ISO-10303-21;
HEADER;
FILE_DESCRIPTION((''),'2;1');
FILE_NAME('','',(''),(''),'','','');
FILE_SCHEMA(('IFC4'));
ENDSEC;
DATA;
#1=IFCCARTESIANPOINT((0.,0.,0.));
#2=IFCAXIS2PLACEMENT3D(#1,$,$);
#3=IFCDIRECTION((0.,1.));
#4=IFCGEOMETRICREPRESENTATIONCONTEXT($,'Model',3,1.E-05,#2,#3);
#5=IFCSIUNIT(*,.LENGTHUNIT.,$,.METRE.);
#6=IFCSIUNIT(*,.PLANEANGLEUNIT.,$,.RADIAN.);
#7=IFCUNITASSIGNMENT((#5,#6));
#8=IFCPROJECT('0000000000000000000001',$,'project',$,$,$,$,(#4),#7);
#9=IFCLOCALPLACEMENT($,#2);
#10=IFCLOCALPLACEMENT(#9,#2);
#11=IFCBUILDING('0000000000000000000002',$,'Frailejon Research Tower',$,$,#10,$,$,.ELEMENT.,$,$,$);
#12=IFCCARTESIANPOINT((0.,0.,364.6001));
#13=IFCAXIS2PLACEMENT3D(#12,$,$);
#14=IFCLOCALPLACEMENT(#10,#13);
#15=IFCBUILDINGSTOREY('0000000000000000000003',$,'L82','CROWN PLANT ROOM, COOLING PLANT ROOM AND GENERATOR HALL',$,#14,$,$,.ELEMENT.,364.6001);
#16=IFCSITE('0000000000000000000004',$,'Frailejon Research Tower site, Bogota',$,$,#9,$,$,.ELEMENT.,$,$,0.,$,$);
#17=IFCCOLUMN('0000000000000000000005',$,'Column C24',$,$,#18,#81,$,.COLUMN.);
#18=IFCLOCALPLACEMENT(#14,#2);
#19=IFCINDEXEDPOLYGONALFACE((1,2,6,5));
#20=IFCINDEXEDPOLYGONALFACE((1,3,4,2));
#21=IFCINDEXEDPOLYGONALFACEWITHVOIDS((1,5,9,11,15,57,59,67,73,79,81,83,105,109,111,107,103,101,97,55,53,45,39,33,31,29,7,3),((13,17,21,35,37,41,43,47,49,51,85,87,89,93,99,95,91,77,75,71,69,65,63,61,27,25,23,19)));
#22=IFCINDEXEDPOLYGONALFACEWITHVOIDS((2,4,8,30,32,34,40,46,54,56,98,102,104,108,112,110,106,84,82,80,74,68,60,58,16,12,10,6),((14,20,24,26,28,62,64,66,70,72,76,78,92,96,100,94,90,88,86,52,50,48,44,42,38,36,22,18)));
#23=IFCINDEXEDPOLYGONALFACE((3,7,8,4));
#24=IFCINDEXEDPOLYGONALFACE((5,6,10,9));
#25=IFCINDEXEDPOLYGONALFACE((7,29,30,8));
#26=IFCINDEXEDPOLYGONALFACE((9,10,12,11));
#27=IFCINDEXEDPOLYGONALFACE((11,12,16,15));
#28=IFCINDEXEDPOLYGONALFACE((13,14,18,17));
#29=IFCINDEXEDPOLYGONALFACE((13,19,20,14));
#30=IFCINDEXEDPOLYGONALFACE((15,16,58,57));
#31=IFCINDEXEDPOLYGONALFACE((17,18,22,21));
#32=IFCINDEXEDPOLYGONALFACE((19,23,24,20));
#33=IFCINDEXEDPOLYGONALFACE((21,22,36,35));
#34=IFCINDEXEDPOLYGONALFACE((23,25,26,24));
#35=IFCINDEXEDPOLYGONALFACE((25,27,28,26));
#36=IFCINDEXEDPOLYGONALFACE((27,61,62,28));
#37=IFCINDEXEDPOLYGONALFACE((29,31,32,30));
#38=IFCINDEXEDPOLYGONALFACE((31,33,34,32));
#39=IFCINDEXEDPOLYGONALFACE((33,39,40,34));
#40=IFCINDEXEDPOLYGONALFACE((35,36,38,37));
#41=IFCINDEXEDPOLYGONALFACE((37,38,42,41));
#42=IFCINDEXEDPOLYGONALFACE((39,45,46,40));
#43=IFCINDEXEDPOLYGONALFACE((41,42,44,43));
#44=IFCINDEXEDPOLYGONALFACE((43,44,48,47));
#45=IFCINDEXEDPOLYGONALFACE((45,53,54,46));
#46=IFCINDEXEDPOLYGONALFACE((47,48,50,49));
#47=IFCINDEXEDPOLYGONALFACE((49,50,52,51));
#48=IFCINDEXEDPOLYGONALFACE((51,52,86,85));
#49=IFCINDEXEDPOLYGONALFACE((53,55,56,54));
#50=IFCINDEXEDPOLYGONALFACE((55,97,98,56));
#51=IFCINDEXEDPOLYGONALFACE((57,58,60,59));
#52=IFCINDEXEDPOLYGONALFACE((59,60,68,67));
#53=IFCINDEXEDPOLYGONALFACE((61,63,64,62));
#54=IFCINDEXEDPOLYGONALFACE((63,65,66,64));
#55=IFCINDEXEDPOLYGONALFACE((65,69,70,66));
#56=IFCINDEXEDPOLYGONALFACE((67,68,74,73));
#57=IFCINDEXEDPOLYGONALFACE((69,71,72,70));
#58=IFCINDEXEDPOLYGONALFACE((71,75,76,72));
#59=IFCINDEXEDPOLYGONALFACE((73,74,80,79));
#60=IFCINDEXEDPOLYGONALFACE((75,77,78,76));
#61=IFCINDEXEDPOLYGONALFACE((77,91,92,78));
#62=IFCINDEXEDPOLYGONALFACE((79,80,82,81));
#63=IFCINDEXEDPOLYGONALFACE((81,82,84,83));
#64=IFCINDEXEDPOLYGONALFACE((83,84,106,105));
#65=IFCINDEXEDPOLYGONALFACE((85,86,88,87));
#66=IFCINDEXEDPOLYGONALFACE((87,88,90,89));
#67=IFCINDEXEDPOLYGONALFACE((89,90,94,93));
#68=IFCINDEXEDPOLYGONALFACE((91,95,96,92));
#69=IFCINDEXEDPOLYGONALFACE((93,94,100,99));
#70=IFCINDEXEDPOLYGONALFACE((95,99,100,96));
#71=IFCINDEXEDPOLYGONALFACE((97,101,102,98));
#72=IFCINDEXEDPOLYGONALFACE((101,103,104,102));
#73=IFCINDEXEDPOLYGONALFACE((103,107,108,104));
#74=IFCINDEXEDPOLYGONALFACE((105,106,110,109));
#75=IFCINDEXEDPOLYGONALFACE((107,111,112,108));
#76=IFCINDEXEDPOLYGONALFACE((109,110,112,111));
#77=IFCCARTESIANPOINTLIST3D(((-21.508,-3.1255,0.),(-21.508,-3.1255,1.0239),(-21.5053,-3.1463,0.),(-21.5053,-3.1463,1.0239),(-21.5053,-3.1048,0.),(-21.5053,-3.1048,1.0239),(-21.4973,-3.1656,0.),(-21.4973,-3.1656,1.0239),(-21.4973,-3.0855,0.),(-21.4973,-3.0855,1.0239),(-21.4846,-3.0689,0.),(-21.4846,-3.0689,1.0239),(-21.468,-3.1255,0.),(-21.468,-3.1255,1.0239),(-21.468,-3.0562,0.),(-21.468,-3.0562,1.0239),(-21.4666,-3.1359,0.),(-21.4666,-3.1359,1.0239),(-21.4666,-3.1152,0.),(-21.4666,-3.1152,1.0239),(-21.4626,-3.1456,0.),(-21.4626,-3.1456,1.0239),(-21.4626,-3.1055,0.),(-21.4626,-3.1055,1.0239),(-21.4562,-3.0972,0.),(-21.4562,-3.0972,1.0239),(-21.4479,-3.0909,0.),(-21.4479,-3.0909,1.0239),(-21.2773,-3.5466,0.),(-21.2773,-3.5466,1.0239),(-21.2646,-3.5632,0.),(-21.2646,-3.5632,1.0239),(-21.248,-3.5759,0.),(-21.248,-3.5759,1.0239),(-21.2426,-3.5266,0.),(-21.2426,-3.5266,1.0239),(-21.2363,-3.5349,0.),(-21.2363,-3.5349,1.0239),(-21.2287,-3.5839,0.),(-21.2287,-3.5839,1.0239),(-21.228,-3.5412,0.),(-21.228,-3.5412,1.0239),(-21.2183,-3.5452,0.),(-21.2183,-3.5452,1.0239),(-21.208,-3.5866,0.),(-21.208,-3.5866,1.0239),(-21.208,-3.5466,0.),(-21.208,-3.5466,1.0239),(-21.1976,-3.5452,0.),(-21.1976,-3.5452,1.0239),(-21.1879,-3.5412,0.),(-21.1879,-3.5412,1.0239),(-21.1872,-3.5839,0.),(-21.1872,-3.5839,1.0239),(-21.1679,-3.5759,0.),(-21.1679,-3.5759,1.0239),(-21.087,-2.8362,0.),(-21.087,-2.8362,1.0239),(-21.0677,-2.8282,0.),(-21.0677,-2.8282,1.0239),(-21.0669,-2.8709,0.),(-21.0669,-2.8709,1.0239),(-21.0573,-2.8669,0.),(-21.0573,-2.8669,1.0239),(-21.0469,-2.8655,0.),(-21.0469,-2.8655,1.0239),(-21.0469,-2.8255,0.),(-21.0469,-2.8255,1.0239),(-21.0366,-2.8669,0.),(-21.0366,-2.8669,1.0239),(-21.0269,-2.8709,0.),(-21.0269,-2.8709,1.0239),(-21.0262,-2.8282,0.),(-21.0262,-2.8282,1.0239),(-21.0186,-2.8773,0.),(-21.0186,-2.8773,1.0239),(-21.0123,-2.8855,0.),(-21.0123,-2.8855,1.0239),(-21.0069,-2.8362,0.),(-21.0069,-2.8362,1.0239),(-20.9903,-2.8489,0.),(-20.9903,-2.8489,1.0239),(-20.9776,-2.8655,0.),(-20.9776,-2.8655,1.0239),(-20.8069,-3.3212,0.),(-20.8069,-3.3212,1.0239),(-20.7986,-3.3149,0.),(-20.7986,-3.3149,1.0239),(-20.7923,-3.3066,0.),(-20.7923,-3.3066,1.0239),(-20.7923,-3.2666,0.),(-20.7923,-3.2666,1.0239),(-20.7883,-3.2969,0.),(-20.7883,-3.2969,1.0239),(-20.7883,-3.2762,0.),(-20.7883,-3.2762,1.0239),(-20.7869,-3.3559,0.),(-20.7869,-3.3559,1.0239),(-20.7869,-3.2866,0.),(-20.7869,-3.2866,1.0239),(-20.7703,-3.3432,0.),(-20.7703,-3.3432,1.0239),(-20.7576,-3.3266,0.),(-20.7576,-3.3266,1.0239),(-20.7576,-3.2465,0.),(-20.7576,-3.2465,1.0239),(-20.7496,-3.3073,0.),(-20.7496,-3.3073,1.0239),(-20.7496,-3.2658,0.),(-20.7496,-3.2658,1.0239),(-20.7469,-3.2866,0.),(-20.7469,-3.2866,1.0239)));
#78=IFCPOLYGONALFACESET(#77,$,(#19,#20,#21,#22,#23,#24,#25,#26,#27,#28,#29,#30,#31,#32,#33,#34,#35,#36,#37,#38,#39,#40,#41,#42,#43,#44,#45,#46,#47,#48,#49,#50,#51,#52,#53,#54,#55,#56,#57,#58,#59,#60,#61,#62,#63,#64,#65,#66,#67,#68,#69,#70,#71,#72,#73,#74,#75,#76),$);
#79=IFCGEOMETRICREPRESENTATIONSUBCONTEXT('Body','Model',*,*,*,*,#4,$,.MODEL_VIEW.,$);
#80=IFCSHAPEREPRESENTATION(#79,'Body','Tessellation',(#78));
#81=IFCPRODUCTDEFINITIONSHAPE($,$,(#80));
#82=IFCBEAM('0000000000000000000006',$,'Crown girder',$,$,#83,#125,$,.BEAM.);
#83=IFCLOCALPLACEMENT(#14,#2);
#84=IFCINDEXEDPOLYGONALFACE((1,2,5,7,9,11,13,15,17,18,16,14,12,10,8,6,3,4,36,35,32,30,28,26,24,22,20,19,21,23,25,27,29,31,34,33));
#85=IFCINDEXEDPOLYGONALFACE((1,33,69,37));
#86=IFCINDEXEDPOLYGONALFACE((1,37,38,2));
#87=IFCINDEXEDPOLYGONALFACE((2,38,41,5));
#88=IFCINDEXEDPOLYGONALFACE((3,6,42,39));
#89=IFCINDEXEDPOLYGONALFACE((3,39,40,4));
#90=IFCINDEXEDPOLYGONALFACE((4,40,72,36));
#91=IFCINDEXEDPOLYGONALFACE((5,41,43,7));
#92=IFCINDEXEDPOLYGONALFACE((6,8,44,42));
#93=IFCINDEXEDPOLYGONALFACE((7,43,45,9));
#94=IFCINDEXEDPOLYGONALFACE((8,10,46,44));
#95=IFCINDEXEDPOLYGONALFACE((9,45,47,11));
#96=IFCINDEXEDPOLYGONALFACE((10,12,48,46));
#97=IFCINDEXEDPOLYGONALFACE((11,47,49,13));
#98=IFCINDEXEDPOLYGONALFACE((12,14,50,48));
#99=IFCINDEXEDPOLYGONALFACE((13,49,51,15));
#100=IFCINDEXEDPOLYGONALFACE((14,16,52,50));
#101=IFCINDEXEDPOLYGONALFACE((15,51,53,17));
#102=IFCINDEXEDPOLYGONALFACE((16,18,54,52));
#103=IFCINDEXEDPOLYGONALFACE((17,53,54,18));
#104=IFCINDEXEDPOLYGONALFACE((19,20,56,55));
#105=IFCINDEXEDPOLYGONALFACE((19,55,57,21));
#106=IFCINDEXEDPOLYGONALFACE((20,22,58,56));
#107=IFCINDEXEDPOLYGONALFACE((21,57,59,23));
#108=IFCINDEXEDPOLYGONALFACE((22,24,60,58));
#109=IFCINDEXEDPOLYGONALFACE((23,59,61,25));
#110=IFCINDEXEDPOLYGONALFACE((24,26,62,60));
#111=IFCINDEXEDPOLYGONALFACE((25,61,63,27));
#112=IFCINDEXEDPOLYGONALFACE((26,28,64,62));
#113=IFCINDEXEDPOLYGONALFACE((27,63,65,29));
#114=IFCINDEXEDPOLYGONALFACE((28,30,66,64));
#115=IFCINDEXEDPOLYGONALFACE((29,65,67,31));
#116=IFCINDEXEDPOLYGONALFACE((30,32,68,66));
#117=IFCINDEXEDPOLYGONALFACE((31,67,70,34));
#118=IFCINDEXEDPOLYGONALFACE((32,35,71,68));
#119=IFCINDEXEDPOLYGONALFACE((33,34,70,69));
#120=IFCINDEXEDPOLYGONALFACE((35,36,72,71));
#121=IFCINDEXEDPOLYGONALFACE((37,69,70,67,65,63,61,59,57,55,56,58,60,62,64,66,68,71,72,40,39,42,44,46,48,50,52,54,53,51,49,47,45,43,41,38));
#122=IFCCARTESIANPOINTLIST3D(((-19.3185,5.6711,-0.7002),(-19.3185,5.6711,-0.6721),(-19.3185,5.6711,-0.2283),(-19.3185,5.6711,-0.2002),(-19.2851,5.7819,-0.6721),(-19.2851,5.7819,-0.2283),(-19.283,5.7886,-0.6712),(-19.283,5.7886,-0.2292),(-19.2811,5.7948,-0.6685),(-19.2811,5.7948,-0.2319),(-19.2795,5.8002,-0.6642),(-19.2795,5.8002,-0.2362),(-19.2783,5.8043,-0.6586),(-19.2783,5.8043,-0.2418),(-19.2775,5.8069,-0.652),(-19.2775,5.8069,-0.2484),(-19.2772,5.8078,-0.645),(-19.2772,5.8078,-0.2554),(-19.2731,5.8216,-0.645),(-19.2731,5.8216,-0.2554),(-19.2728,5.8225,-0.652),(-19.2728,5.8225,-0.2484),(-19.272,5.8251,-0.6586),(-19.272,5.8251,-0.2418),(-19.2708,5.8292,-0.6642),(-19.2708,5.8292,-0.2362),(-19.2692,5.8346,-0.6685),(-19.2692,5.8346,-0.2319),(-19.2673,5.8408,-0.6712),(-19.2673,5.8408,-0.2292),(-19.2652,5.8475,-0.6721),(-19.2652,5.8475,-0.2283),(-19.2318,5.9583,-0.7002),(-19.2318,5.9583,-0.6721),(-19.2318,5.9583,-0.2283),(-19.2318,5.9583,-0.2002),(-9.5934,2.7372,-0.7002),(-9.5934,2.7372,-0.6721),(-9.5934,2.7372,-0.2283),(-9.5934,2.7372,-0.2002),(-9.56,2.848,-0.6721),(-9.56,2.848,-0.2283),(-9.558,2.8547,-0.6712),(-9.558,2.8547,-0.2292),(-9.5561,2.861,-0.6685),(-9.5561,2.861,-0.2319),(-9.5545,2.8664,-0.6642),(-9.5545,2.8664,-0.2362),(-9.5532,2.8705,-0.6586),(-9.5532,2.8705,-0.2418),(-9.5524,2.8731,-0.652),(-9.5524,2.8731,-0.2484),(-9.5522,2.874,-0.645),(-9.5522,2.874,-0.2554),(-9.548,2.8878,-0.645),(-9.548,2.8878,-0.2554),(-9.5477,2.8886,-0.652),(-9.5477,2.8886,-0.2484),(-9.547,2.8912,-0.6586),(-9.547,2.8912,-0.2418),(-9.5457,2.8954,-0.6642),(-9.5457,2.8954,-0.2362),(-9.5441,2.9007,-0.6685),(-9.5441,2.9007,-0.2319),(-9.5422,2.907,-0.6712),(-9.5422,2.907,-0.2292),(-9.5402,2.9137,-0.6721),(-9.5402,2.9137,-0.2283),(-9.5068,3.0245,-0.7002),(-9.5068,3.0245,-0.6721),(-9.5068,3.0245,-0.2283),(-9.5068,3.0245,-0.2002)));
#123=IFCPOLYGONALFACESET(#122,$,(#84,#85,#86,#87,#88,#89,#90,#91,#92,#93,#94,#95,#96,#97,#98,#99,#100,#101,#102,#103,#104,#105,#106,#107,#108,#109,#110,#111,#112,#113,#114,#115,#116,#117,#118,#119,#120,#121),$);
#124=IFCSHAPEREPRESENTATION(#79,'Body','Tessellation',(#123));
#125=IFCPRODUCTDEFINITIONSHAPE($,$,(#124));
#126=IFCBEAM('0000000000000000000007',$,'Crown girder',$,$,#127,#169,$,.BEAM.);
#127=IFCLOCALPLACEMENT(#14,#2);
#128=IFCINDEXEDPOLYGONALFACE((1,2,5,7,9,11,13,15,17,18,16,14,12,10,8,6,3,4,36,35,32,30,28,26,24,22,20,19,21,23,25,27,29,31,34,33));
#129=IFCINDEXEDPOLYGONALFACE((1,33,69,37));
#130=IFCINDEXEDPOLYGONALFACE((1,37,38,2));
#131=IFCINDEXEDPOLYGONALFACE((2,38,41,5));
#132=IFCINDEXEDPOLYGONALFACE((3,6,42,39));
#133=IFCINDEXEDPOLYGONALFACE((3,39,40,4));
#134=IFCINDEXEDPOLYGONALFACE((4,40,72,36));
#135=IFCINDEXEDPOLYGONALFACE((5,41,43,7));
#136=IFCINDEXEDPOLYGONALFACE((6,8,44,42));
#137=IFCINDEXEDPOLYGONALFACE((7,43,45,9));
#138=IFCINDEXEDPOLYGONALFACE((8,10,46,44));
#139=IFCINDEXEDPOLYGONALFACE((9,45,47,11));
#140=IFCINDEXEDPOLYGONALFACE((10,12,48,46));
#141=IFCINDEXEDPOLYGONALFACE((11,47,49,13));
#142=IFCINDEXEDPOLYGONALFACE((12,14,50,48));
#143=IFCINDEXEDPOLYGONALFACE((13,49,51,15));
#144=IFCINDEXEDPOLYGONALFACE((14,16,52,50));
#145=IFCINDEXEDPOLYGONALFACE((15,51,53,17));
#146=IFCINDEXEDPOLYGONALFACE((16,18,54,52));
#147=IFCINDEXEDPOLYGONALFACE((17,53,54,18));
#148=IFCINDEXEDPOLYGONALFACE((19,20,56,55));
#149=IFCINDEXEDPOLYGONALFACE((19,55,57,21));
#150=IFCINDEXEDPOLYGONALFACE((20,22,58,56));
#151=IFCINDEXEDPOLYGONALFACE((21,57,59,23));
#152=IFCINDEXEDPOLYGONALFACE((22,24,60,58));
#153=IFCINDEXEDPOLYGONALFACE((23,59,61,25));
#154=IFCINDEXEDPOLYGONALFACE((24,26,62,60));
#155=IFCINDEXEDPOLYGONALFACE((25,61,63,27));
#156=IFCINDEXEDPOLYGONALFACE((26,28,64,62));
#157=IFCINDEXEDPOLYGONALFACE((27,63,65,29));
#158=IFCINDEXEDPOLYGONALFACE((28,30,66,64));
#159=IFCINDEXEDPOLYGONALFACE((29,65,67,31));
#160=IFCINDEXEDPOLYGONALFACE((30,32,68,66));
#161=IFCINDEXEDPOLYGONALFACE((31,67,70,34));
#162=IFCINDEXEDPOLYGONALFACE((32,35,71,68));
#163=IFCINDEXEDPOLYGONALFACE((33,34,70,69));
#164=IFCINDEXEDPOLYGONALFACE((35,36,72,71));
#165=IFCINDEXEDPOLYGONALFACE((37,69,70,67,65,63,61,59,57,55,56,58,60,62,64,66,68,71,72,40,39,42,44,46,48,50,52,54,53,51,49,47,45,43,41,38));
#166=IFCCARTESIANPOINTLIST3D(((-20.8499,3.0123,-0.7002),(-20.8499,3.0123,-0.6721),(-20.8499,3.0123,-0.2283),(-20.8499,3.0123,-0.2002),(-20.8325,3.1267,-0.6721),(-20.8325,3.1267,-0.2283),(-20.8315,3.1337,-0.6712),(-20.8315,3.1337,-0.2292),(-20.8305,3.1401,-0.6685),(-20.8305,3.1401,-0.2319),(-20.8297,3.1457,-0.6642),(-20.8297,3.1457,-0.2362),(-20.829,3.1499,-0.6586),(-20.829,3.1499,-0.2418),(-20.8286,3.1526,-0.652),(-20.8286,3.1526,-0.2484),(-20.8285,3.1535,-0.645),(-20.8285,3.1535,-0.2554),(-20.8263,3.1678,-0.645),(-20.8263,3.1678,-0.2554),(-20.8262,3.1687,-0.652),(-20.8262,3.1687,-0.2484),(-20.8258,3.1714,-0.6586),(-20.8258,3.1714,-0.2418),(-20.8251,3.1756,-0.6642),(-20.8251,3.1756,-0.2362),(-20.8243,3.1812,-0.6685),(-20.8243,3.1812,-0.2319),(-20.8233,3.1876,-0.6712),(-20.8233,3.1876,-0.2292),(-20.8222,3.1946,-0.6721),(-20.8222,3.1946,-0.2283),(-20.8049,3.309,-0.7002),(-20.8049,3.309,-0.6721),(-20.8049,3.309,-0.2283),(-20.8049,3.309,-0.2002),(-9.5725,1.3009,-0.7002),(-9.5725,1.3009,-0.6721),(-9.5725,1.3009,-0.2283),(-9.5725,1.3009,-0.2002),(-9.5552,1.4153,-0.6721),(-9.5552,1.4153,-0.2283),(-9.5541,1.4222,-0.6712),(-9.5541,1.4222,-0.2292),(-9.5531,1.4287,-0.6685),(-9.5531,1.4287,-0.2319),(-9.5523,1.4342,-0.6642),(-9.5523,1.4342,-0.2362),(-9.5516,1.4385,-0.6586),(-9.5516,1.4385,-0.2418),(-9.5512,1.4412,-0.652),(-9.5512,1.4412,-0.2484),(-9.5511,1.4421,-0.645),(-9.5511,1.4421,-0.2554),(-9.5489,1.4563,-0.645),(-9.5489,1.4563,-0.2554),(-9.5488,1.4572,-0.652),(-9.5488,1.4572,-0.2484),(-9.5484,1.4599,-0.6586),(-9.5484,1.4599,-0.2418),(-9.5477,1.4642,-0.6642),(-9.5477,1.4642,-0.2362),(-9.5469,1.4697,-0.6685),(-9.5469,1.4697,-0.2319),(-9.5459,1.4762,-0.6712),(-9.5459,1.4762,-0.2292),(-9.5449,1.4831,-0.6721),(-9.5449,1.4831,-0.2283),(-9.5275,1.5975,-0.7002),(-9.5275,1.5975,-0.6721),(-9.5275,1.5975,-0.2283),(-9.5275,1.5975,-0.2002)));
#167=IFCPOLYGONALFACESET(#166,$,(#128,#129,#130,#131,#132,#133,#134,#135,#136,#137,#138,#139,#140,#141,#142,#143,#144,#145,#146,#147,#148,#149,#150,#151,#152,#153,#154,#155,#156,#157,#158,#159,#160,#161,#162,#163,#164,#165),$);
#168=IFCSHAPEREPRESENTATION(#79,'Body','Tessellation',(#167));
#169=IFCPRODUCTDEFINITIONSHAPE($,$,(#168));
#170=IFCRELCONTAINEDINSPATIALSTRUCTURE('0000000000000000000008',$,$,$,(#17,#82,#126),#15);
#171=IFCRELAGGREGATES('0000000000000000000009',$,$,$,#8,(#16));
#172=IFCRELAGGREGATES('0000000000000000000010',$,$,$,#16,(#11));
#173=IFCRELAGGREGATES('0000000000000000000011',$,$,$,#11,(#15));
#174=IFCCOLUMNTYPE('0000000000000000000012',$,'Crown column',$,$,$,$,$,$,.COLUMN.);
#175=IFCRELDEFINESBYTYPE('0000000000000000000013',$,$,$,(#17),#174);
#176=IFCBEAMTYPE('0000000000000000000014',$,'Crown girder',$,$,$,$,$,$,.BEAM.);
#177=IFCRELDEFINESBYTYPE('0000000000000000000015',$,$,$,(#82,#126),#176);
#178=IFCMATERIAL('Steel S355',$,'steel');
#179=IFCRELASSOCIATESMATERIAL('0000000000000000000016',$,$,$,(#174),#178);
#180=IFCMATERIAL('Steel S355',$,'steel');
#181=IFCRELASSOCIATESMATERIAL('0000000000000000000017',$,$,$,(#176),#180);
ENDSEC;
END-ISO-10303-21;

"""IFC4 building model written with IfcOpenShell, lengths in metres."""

from ifc_helpers import new_model, si_unit, direction, frame, origin, origin_2d, place, context, subcontext, project, spatial, hollow_rectangle, i_section, extrude, material, material_profile, profile_set, type_object, element, save


model = new_model("IFC4")

# Units and contexts
model_context = context("Model", 3, precision=1e-05, world=origin(), true_north=direction((0.0, 1.0)))
body_context = subcontext(model_context, "Body", "Model", "MODEL_VIEW")
ifc_project = project(units=[si_unit("LENGTHUNIT", "METRE"), si_unit("PLANEANGLEUNIT", "RADIAN")], contexts=[model_context])

# Site, building, storey
site_placement = place(None, origin())
site = spatial("IfcSite", under=ifc_project, at=site_placement, Name="Frailejon Research Tower site, Bogota", CompositionType="ELEMENT", RefElevation=0.0)
building_placement = place(site_placement, origin())
building = spatial("IfcBuilding", under=site, at=building_placement, Name="Frailejon Research Tower", CompositionType="ELEMENT")
storey_placement = place(building_placement, frame((0.0, 0.0, 364.6001)))
storey = spatial("IfcBuildingStorey", under=building, at=storey_placement, Name="L82", Description="CROWN PLANT ROOM, COOLING PLANT ROOM AND GENERATOR HALL", CompositionType="ELEMENT", Elevation=364.6001)

# Column
ifc_material_1 = material(Name="Steel S355", Category="steel")
ifc_material_profile_1 = material_profile(ifc_material_1, hollow_rectangle(XDim=0.6001, YDim=0.6001, WallThickness=0.04, InnerFilletRadius=0.04, OuterFilletRadius=0.0801, at=origin_2d()), Name="Crown column")
ifc_profile_set_1 = profile_set([ifc_material_profile_1], Name="Steel S355")
column_type = type_object("IfcColumnType", Name="Crown column", PredefinedType="COLUMN", material=ifc_profile_set_1)
column_placement = place(storey_placement, frame((-21.1274, -3.2061, 0.0), z_axis=(0.0, 0.0, 1.0), x_axis=(0.5, -0.866025, 0.0)))
element("IfcColumn", 1, at=column_placement, inside=storey, type_object=column_type, Name="Column C24", PredefinedType="COLUMN", context=body_context, shape_type="SweptSolid", body=[
    extrude(hollow_rectangle(XDim=0.6001, YDim=0.6001, WallThickness=0.04, InnerFilletRadius=0.04, OuterFilletRadius=0.0801, at=origin_2d()), origin(), (0.0, 0.0, 1.0), 1.0239),
])

# Beams
ifc_material_2 = material(Name="Steel S355", Category="steel")
ifc_material_profile_2 = material_profile(ifc_material_2, i_section(OverallWidth=0.3, OverallDepth=0.5, WebThickness=0.0144, FlangeThickness=0.0281, FilletRadius=0.0271, at=origin_2d()), Name="HE 500 B")
ifc_profile_set_2 = profile_set([ifc_material_profile_2], Name="Steel S355")
beam_type_1 = type_object("IfcBeamType", Name="Crown girder", PredefinedType="BEAM", material=ifc_profile_set_2)
beam_1_placement = place(storey_placement, frame((-19.2751, 5.8147, -0.4502), z_axis=(0.957383, -0.28882, 0.0), x_axis=(0.28882, 0.957383, 0.0)))
element("IfcBeam", 2, at=beam_1_placement, inside=storey, type_object=beam_type_1, Name="Crown girder", PredefinedType="BEAM", context=body_context, shape_type="SweptSolid", body=[
    extrude(i_section(OverallWidth=0.3, OverallDepth=0.5, WebThickness=0.0144, FlangeThickness=0.0281, FilletRadius=0.0271, at=origin_2d()), origin(), (0.0, 0.0, 1.0), 10.158),
])
beam_2_placement = place(storey_placement, frame((-20.8274, 3.1606, -0.4502), z_axis=(0.98868, -0.15004, 0.0), x_axis=(0.15004, 0.98868, 0.0)))
element("IfcBeam", 3, at=beam_2_placement, inside=storey, type_object=beam_type_1, Name="Crown girder", PredefinedType="BEAM", context=body_context, shape_type="SweptSolid", body=[
    extrude(i_section(OverallWidth=0.3, OverallDepth=0.5, WebThickness=0.0144, FlangeThickness=0.0281, FilletRadius=0.0271, at=origin_2d()), origin(), (0.0, 0.0, 1.0), 11.4065),
])

save(model, "model.ifc")
